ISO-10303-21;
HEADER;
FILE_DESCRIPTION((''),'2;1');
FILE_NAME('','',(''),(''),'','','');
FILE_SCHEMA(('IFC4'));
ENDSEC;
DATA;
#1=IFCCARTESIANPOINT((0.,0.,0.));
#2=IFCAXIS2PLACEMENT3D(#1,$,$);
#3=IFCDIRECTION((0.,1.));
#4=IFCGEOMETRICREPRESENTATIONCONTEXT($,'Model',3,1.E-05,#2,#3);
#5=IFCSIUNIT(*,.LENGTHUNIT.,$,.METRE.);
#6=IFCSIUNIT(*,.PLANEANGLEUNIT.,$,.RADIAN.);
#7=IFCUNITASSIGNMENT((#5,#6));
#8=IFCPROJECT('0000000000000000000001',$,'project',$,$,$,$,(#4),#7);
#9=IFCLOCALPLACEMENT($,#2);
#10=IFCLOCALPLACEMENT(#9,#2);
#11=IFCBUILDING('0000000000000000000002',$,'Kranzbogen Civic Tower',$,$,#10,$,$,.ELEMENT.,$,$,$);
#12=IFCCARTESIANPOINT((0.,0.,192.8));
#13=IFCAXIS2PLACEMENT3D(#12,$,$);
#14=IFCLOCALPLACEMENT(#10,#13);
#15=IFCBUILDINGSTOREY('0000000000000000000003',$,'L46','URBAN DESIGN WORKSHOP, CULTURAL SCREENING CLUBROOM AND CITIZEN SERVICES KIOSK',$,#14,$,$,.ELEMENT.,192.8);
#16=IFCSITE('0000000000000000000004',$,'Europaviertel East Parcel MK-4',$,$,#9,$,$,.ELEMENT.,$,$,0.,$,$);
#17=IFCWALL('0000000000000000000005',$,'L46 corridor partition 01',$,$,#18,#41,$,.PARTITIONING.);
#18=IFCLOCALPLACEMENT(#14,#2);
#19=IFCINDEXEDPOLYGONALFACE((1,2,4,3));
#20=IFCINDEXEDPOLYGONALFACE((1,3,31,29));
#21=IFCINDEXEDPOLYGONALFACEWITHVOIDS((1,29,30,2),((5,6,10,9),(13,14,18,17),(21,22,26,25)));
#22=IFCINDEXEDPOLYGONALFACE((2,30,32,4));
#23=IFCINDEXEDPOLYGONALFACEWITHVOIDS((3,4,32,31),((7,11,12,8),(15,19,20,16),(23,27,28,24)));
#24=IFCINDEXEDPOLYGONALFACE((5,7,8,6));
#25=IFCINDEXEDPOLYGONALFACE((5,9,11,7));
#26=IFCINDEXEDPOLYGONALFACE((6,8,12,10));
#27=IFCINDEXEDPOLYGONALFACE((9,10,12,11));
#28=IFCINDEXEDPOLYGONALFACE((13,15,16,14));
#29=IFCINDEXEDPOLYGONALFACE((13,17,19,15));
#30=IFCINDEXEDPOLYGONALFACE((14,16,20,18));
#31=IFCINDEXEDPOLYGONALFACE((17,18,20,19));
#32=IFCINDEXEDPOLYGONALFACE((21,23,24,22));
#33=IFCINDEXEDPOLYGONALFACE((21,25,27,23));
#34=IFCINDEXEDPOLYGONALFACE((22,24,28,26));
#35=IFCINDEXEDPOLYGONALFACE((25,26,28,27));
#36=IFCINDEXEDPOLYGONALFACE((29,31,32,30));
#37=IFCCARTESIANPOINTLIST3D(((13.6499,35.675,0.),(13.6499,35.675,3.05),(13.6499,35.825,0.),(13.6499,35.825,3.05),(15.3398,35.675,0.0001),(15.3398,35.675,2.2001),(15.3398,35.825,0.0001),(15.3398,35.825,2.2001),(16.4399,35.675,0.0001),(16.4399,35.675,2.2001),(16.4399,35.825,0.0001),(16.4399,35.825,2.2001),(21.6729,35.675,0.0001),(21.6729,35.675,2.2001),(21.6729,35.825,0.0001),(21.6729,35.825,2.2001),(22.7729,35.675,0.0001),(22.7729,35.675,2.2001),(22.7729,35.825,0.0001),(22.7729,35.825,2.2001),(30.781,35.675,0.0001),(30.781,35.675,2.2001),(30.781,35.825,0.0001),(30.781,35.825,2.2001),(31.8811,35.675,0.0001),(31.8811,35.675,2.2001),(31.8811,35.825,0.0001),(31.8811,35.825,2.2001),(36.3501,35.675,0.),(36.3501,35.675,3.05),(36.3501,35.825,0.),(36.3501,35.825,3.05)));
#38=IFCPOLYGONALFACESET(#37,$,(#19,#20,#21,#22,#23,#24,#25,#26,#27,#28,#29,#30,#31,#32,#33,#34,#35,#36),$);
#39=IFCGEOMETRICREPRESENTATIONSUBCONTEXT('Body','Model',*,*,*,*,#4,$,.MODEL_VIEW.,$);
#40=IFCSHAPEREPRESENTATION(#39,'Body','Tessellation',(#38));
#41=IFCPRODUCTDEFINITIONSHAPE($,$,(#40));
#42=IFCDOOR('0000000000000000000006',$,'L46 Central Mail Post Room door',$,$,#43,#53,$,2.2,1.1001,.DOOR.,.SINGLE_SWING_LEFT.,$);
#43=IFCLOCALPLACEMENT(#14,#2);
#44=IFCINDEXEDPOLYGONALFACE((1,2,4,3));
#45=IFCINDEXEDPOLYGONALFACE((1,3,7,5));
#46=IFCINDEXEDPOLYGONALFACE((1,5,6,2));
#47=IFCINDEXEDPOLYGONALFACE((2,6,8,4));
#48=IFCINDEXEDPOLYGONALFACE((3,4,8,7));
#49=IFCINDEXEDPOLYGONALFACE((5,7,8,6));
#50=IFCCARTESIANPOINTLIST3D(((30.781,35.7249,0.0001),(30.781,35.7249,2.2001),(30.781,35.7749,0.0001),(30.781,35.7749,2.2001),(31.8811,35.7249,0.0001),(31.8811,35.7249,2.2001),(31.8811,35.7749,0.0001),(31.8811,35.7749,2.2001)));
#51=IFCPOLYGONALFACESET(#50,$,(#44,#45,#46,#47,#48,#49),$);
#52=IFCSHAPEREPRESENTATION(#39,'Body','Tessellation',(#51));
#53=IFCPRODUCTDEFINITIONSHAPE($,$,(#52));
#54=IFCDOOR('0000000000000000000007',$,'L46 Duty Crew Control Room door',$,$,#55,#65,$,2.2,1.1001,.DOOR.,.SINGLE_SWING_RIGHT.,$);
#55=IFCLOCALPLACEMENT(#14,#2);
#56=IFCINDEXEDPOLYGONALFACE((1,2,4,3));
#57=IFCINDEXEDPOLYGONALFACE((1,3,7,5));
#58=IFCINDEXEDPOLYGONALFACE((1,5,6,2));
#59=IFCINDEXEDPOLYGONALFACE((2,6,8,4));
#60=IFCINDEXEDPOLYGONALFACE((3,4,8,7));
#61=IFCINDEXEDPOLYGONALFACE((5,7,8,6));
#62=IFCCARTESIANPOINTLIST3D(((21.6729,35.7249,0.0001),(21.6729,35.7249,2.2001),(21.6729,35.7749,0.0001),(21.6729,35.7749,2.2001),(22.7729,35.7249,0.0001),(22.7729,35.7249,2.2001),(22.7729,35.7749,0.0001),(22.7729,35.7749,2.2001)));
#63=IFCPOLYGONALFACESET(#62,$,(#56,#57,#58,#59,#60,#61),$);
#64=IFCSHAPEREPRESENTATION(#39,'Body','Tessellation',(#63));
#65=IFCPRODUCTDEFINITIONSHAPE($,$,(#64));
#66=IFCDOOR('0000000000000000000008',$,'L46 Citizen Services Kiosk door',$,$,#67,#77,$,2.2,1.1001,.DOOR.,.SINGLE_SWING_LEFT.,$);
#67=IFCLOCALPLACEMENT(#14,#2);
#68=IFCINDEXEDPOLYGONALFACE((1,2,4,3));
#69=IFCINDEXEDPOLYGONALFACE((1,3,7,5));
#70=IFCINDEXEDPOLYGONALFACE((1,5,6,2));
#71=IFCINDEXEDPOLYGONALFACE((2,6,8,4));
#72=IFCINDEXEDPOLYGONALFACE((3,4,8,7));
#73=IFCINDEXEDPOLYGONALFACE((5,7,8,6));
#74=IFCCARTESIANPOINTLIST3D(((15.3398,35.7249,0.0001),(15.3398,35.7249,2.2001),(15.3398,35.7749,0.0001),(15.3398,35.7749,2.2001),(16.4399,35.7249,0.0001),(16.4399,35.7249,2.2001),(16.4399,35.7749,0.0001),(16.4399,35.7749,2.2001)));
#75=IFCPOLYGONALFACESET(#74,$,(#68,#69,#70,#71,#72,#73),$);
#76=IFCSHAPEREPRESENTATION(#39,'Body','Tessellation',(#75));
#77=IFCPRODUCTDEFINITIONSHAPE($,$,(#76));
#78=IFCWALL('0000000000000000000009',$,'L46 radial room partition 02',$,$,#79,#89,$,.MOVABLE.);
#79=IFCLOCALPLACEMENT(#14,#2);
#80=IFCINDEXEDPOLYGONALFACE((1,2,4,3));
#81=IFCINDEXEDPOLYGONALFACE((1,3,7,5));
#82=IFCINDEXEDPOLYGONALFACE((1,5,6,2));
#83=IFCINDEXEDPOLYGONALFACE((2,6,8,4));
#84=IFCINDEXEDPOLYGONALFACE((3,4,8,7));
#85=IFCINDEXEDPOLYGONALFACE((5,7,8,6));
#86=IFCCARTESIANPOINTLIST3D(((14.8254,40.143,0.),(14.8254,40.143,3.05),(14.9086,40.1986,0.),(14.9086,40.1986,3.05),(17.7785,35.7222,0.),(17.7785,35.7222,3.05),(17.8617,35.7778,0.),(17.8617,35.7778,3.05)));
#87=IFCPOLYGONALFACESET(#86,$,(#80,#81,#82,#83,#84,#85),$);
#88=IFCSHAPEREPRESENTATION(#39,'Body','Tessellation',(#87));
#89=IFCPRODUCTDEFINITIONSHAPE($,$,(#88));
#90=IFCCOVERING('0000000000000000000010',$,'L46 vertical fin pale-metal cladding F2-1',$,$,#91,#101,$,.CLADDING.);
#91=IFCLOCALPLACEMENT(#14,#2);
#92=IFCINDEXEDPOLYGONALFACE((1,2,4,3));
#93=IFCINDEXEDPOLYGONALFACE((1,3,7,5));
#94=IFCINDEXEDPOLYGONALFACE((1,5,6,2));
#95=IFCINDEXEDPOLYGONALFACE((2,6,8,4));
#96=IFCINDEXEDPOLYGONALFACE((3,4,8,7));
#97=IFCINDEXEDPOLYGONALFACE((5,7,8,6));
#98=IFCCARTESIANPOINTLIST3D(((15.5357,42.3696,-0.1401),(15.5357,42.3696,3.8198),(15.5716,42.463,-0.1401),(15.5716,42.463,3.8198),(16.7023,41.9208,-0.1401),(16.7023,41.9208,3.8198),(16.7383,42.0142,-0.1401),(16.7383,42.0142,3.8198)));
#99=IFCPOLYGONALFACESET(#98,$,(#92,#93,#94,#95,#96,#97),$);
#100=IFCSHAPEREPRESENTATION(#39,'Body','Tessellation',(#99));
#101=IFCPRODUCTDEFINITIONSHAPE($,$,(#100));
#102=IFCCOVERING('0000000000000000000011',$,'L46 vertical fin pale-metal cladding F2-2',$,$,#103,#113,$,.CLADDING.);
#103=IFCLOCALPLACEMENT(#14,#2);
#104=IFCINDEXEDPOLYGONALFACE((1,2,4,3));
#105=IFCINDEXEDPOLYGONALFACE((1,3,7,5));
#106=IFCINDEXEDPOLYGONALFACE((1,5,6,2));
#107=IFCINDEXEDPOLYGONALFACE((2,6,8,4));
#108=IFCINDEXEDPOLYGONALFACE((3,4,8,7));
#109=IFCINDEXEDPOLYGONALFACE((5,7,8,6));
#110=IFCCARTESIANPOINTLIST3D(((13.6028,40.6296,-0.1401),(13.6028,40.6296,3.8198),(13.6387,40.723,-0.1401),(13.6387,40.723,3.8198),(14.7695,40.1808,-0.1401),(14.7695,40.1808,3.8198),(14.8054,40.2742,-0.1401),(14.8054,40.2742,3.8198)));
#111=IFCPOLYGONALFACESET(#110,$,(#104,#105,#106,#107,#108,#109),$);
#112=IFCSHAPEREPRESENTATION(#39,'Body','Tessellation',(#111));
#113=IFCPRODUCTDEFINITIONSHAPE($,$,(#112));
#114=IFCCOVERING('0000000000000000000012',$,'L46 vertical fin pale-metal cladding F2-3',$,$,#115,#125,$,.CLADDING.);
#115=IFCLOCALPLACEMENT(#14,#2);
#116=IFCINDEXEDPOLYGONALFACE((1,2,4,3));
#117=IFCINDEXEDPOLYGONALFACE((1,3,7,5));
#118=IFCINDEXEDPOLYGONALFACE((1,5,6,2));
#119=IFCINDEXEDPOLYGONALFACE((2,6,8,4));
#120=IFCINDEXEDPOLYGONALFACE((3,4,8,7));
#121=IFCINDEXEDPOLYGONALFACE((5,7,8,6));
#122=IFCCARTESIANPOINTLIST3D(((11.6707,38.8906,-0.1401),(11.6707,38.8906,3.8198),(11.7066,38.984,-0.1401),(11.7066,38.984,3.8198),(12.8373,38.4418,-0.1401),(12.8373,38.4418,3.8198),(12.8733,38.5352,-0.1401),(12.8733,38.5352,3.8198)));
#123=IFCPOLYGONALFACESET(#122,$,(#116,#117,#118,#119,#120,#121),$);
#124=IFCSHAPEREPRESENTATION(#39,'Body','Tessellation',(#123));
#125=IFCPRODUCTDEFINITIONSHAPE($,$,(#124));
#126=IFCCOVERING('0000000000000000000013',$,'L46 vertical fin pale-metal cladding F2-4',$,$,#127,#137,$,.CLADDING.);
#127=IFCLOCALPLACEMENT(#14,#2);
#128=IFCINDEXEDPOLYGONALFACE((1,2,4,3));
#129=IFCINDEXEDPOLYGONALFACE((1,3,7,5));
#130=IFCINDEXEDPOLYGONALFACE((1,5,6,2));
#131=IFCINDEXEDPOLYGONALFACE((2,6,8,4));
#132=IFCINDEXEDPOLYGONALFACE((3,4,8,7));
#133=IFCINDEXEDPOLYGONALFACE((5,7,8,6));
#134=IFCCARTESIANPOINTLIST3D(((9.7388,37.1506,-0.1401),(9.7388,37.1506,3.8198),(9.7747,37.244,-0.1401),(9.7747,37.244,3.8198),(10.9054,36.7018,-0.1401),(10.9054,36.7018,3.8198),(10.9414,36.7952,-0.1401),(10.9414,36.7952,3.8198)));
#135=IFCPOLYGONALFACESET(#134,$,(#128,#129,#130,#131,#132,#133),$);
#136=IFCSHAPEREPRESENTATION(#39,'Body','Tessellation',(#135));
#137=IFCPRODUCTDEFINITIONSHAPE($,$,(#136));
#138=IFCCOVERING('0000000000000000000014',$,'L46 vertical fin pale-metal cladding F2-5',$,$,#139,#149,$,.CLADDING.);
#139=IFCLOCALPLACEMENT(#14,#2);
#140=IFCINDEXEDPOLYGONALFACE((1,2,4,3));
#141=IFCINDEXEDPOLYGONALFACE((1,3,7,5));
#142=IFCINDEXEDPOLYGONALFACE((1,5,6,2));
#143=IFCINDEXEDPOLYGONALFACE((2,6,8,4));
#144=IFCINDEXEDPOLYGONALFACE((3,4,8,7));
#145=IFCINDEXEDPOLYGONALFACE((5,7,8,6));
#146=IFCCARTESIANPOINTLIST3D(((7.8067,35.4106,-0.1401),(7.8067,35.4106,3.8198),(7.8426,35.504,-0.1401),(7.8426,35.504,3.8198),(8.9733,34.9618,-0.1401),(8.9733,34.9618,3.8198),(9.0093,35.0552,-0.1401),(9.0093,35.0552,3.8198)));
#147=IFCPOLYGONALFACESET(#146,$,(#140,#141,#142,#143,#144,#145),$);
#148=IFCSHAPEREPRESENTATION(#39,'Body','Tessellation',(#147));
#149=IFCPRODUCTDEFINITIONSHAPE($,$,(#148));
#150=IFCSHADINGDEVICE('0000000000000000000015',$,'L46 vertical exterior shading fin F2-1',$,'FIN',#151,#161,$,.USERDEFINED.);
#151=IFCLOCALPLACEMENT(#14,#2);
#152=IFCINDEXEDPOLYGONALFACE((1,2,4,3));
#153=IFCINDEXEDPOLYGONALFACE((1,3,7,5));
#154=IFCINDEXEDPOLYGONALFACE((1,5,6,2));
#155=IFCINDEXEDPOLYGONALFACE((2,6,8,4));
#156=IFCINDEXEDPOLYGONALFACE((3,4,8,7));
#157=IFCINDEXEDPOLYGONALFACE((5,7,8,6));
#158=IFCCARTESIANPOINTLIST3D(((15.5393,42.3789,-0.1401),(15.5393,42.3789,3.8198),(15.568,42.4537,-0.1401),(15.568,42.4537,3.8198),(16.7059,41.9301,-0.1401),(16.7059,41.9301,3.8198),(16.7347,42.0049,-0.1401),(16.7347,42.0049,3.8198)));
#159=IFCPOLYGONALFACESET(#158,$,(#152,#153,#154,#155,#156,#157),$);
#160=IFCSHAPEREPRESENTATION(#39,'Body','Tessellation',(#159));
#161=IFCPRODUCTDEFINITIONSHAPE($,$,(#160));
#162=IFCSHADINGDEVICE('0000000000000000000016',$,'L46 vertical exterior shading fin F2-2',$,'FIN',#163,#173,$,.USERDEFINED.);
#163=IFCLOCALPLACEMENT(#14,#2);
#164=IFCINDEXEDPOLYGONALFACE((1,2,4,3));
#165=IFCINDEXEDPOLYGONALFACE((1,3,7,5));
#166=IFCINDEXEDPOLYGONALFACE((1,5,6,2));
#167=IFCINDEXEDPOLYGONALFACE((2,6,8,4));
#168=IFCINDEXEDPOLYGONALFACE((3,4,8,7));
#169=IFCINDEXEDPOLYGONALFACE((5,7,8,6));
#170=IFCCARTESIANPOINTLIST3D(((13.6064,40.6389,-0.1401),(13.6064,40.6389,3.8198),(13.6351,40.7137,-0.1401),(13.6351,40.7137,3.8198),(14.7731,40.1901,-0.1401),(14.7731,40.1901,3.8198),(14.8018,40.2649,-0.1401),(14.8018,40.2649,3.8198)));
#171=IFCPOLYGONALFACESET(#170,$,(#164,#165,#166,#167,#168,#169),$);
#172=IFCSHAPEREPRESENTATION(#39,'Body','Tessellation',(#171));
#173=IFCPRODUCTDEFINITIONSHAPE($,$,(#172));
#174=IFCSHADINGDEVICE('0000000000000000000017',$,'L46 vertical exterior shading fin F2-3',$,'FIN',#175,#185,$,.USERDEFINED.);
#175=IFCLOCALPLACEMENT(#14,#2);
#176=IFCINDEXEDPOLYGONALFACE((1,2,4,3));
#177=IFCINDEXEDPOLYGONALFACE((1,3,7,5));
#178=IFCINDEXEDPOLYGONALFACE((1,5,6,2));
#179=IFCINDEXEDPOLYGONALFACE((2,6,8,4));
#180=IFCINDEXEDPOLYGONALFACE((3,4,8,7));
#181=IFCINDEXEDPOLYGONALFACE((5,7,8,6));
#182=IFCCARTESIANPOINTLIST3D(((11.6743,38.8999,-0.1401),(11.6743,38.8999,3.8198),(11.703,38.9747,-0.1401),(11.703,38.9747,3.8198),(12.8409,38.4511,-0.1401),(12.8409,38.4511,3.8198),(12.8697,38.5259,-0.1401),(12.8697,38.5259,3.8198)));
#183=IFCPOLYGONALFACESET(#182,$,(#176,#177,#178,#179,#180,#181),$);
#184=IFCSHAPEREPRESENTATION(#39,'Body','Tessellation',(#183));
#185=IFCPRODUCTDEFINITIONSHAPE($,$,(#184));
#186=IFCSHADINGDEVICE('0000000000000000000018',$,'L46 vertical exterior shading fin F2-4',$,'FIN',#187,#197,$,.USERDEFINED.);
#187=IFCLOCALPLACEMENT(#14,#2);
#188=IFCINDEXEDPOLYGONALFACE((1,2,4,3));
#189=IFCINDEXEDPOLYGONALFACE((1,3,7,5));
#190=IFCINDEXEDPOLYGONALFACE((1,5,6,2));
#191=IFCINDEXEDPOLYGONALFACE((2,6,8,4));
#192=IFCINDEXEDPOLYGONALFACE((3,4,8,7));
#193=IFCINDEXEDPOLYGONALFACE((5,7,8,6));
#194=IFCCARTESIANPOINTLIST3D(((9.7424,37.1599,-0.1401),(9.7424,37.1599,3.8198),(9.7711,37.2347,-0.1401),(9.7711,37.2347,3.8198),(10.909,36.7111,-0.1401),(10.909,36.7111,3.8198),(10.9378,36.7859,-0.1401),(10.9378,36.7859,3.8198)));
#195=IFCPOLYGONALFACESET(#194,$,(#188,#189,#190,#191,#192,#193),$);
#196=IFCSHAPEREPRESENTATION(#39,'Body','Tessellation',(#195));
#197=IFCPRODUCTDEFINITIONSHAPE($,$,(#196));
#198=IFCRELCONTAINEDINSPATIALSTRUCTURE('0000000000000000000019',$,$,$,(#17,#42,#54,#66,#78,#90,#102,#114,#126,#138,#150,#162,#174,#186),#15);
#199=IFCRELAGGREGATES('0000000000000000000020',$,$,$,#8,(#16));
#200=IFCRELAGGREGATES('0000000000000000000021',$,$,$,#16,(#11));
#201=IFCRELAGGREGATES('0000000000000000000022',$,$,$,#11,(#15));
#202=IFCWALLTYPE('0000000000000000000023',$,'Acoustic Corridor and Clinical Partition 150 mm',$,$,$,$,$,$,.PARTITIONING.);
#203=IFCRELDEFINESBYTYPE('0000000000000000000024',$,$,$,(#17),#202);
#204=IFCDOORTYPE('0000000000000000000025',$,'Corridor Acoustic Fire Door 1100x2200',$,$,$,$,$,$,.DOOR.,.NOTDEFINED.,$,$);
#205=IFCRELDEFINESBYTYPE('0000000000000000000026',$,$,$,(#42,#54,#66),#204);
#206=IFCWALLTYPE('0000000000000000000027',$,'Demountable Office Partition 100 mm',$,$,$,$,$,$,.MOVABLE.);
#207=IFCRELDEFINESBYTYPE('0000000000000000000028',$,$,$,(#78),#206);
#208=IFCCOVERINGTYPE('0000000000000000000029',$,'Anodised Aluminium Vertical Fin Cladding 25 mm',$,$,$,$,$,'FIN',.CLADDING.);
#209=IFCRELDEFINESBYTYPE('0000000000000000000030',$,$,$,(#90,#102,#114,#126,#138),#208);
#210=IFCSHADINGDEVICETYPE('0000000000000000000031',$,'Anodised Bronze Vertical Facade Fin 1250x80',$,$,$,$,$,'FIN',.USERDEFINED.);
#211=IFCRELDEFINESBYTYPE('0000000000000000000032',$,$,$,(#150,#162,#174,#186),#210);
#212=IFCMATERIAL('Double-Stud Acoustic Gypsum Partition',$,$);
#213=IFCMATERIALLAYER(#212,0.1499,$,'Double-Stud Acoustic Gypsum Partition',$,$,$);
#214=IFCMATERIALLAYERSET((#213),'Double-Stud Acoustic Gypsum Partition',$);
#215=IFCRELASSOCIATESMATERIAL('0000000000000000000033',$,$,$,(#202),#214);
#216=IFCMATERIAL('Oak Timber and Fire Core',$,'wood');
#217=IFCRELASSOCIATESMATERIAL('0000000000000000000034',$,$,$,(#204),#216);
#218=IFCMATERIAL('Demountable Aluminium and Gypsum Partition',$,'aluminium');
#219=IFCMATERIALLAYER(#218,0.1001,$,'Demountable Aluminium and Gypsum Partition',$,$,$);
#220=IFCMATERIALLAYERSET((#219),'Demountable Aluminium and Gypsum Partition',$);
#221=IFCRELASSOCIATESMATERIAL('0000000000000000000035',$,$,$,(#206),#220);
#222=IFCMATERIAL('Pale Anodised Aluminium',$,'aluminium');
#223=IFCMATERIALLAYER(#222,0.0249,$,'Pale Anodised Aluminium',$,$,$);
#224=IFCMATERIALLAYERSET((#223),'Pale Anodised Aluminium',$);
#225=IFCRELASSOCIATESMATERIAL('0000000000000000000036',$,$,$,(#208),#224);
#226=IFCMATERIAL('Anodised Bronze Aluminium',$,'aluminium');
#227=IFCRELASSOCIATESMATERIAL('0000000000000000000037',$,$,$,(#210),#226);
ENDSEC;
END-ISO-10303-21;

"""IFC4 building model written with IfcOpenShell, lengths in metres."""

from ifc_helpers import new_model, si_unit, direction, frame, frame_2d, origin, origin_2d, place, context, subcontext, project, spatial, rectangle, extrude, material, layer, layer_set, type_object, element, fill, save


model = new_model("IFC4")

# Units and contexts
model_context = context("Model", 3, precision=1e-05, world=origin(), true_north=direction((0.0, 1.0)))
body_context = subcontext(model_context, "Body", "Model", "MODEL_VIEW")
ifc_project = project(units=[si_unit("LENGTHUNIT", "METRE"), si_unit("PLANEANGLEUNIT", "RADIAN")], contexts=[model_context])

# Site, building, storey
site_placement = place(None, origin())
site = spatial("IfcSite", under=ifc_project, at=site_placement, Name="Europaviertel East Parcel MK-4", CompositionType="ELEMENT", RefElevation=0.0)
building_placement = place(site_placement, origin())
building = spatial("IfcBuilding", under=site, at=building_placement, Name="Kranzbogen Civic Tower", CompositionType="ELEMENT")
storey_placement = place(building_placement, frame((0.0, 0.0, 192.8)))
storey = spatial("IfcBuildingStorey", under=building, at=storey_placement, Name="L46", Description="URBAN DESIGN WORKSHOP, CULTURAL SCREENING CLUBROOM AND CITIZEN SERVICES KIOSK", CompositionType="ELEMENT", Elevation=192.8)

# Shared definitions
ifc_material_1 = material(Name="Pale Anodised Aluminium", Category="aluminium")

# Wall, openings, doors
ifc_material_2 = material(Name="Double-Stud Acoustic Gypsum Partition")
ifc_layer_1 = layer(ifc_material_2, 0.1499, Name="Double-Stud Acoustic Gypsum Partition")
ifc_layer_set_1 = layer_set([ifc_layer_1], Name="Double-Stud Acoustic Gypsum Partition")
wall_type_1 = type_object("IfcWallType", Name="Acoustic Corridor and Clinical Partition 150 mm", PredefinedType="PARTITIONING", material=ifc_layer_set_1)
wall_1_placement = place(storey_placement, frame((13.6499, 35.75, 0.0), z_axis=(0.0, 0.0, 1.0), x_axis=(1.0, 0.0, 0.0)))
wall_1 = element("IfcWall", 1, at=wall_1_placement, inside=storey, type_object=wall_type_1, Name="L46 corridor partition 01", PredefinedType="PARTITIONING", context=body_context, shape_type="SweptSolid", body=[
    extrude(rectangle(XDim=22.7002, YDim=0.1499, at=frame_2d((11.3501, 0.0))), origin(), (0.0, 0.0, 1.0), 3.05),
])
opening_1_placement = place(wall_1_placement, frame((17.1311, 0.0, 0.0)))
opening_1 = element("IfcOpeningElement", 2, at=opening_1_placement, cuts=wall_1, PredefinedType="OPENING", context=body_context, shape_type="SweptSolid", body=[
    extrude(rectangle(XDim=1.1001, YDim=2.2, at=frame_2d((0.55, 1.1001))), frame((0.0, 0.085, 0.0), z_axis=(0.0, -1.0, 0.0), x_axis=(1.0, 0.0, 0.0)), (0.0, 0.0, 1.0), 0.1699),
])
opening_2_placement = place(wall_1_placement, frame((8.0229, 0.0, 0.0)))
opening_2 = element("IfcOpeningElement", 3, at=opening_2_placement, cuts=wall_1, PredefinedType="OPENING", context=body_context, shape_type="SweptSolid", body=[
    extrude(rectangle(XDim=1.1001, YDim=2.2, at=frame_2d((0.55, 1.1001))), frame((0.0, 0.085, 0.0), z_axis=(0.0, -1.0, 0.0), x_axis=(1.0, 0.0, 0.0)), (0.0, 0.0, 1.0), 0.1699),
])
opening_3_placement = place(wall_1_placement, frame((1.6899, 0.0, 0.0)))
opening_3 = element("IfcOpeningElement", 4, at=opening_3_placement, cuts=wall_1, PredefinedType="OPENING", context=body_context, shape_type="SweptSolid", body=[
    extrude(rectangle(XDim=1.1001, YDim=2.2, at=frame_2d((0.55, 1.1001))), frame((0.0, 0.085, 0.0), z_axis=(0.0, -1.0, 0.0), x_axis=(1.0, 0.0, 0.0)), (0.0, 0.0, 1.0), 0.1699),
])
ifc_material_3 = material(Name="Oak Timber and Fire Core", Category="wood")
door_type = type_object("IfcDoorType", Name="Corridor Acoustic Fire Door 1100x2200", OperationType="NOTDEFINED", PredefinedType="DOOR", material=ifc_material_3)
door_1_placement = place(opening_1_placement, origin())
door_1 = element("IfcDoor", 5, at=door_1_placement, inside=storey, type_object=door_type, Name="L46 Central Mail Post Room door", OperationType="SINGLE_SWING_LEFT", OverallHeight=2.2, OverallWidth=1.1001, PredefinedType="DOOR", context=body_context, shape_type="SweptSolid", body=[
    extrude(rectangle(XDim=1.1001, YDim=2.2, at=frame_2d((0.55, 1.1001))), frame((0.0, 0.0249, 0.0), z_axis=(0.0, -1.0, 0.0), x_axis=(1.0, 0.0, 0.0)), (0.0, 0.0, 1.0), 0.05),
])
fill(opening_1, door_1)
door_2_placement = place(opening_2_placement, origin())
door_2 = element("IfcDoor", 6, at=door_2_placement, inside=storey, type_object=door_type, Name="L46 Duty Crew Control Room door", OperationType="SINGLE_SWING_RIGHT", OverallHeight=2.2, OverallWidth=1.1001, PredefinedType="DOOR", context=body_context, shape_type="SweptSolid", body=[
    extrude(rectangle(XDim=1.1001, YDim=2.2, at=frame_2d((0.55, 1.1001))), frame((0.0, 0.0249, 0.0), z_axis=(0.0, -1.0, 0.0), x_axis=(1.0, 0.0, 0.0)), (0.0, 0.0, 1.0), 0.05),
])
fill(opening_2, door_2)
door_3_placement = place(opening_3_placement, origin())
door_3 = element("IfcDoor", 7, at=door_3_placement, inside=storey, type_object=door_type, Name="L46 Citizen Services Kiosk door", OperationType="SINGLE_SWING_LEFT", OverallHeight=2.2, OverallWidth=1.1001, PredefinedType="DOOR", context=body_context, shape_type="SweptSolid", body=[
    extrude(rectangle(XDim=1.1001, YDim=2.2, at=frame_2d((0.55, 1.1001))), frame((0.0, 0.0249, 0.0), z_axis=(0.0, -1.0, 0.0), x_axis=(1.0, 0.0, 0.0)), (0.0, 0.0, 1.0), 0.05),
])
fill(opening_3, door_3)

# Wall
ifc_material_4 = material(Name="Demountable Aluminium and Gypsum Partition", Category="aluminium")
ifc_layer_2 = layer(ifc_material_4, 0.1001, Name="Demountable Aluminium and Gypsum Partition")
ifc_layer_set_2 = layer_set([ifc_layer_2], Name="Demountable Aluminium and Gypsum Partition")
wall_type_2 = type_object("IfcWallType", Name="Demountable Office Partition 100 mm", PredefinedType="MOVABLE", material=ifc_layer_set_2)
wall_2_placement = place(storey_placement, frame((17.8201, 35.75, 0.0), z_axis=(0.0, 0.0, 1.0), x_axis=(-0.555463, 0.831541, 0.0)))
element("IfcWall", 8, at=wall_2_placement, inside=storey, type_object=wall_type_2, Name="L46 radial room partition 02", PredefinedType="MOVABLE", context=body_context, shape_type="SweptSolid", body=[
    extrude(rectangle(XDim=5.3164, YDim=0.1001, at=frame_2d((2.6582, 0.0))), origin(), (0.0, 0.0, 1.0), 3.05),
])

# Coverings
ifc_layer_3 = layer(ifc_material_1, 0.0249, Name="Pale Anodised Aluminium")
ifc_layer_set_3 = layer_set([ifc_layer_3], Name="Pale Anodised Aluminium")
covering_type = type_object("IfcCoveringType", Name="Anodised Aluminium Vertical Fin Cladding 25 mm", ElementType="FIN", PredefinedType="CLADDING", material=ifc_layer_set_3)
for number, where, z_axis, x_axis, name in (
    (9, (16.137, 42.1919, -0.1401), (0.0, 0.0, 1.0), (-0.933324, 0.359036, 0.0), "L46 vertical fin pale-metal cladding F2-1"),
    (10, (14.2041, 40.4519, -0.1401), (0.0, 0.0, 1.0), (-0.933324, 0.359036, 0.0), "L46 vertical fin pale-metal cladding F2-2"),
    (11, (12.272, 38.7129, -0.1401), (0.0, 0.0, 1.0), (-0.933324, 0.359036, 0.0), "L46 vertical fin pale-metal cladding F2-3"),
    (12, (10.3401, 36.9729, -0.1401), (0.0, 0.0, 1.0), (-0.933324, 0.359036, 0.0), "L46 vertical fin pale-metal cladding F2-4"),
    (13, (8.408, 35.2329, -0.1401), (0.0, 0.0, 1.0), (-0.933324, 0.359036, 0.0), "L46 vertical fin pale-metal cladding F2-5"),
):
    element("IfcCovering", number, at=place(storey_placement, frame(where, z_axis=z_axis, x_axis=x_axis)), inside=storey, type_object=covering_type, Name=name, PredefinedType="CLADDING", context=body_context, shape_type="SweptSolid", body=[
        extrude(rectangle(XDim=1.25, YDim=0.1001, at=origin_2d()), origin(), (0.0, 0.0, 1.0), 3.96),
    ])

# Shading devices
ifc_material_5 = material(Name="Anodised Bronze Aluminium", Category="aluminium")
shading_device_type = type_object("IfcShadingDeviceType", Name="Anodised Bronze Vertical Facade Fin 1250x80", ElementType="FIN", PredefinedType="USERDEFINED", material=ifc_material_5)
for number, where, z_axis, x_axis, name in (
    (14, (16.137, 42.1919, -0.1401), (0.0, 0.0, 1.0), (-0.933324, 0.359036, 0.0), "L46 vertical exterior shading fin F2-1"),
    (15, (14.2041, 40.4519, -0.1401), (0.0, 0.0, 1.0), (-0.933324, 0.359036, 0.0), "L46 vertical exterior shading fin F2-2"),
    (16, (12.272, 38.7129, -0.1401), (0.0, 0.0, 1.0), (-0.933324, 0.359036, 0.0), "L46 vertical exterior shading fin F2-3"),
    (17, (10.3401, 36.9729, -0.1401), (0.0, 0.0, 1.0), (-0.933324, 0.359036, 0.0), "L46 vertical exterior shading fin F2-4"),
):
    element("IfcShadingDevice", number, at=place(storey_placement, frame(where, z_axis=z_axis, x_axis=x_axis)), inside=storey, type_object=shading_device_type, Name=name, ObjectType="FIN", PredefinedType="USERDEFINED", context=body_context, shape_type="SweptSolid", body=[
        extrude(rectangle(XDim=1.25, YDim=0.0801, at=origin_2d()), origin(), (0.0, 0.0, 1.0), 3.96),
    ])

save(model, "model.ifc")
